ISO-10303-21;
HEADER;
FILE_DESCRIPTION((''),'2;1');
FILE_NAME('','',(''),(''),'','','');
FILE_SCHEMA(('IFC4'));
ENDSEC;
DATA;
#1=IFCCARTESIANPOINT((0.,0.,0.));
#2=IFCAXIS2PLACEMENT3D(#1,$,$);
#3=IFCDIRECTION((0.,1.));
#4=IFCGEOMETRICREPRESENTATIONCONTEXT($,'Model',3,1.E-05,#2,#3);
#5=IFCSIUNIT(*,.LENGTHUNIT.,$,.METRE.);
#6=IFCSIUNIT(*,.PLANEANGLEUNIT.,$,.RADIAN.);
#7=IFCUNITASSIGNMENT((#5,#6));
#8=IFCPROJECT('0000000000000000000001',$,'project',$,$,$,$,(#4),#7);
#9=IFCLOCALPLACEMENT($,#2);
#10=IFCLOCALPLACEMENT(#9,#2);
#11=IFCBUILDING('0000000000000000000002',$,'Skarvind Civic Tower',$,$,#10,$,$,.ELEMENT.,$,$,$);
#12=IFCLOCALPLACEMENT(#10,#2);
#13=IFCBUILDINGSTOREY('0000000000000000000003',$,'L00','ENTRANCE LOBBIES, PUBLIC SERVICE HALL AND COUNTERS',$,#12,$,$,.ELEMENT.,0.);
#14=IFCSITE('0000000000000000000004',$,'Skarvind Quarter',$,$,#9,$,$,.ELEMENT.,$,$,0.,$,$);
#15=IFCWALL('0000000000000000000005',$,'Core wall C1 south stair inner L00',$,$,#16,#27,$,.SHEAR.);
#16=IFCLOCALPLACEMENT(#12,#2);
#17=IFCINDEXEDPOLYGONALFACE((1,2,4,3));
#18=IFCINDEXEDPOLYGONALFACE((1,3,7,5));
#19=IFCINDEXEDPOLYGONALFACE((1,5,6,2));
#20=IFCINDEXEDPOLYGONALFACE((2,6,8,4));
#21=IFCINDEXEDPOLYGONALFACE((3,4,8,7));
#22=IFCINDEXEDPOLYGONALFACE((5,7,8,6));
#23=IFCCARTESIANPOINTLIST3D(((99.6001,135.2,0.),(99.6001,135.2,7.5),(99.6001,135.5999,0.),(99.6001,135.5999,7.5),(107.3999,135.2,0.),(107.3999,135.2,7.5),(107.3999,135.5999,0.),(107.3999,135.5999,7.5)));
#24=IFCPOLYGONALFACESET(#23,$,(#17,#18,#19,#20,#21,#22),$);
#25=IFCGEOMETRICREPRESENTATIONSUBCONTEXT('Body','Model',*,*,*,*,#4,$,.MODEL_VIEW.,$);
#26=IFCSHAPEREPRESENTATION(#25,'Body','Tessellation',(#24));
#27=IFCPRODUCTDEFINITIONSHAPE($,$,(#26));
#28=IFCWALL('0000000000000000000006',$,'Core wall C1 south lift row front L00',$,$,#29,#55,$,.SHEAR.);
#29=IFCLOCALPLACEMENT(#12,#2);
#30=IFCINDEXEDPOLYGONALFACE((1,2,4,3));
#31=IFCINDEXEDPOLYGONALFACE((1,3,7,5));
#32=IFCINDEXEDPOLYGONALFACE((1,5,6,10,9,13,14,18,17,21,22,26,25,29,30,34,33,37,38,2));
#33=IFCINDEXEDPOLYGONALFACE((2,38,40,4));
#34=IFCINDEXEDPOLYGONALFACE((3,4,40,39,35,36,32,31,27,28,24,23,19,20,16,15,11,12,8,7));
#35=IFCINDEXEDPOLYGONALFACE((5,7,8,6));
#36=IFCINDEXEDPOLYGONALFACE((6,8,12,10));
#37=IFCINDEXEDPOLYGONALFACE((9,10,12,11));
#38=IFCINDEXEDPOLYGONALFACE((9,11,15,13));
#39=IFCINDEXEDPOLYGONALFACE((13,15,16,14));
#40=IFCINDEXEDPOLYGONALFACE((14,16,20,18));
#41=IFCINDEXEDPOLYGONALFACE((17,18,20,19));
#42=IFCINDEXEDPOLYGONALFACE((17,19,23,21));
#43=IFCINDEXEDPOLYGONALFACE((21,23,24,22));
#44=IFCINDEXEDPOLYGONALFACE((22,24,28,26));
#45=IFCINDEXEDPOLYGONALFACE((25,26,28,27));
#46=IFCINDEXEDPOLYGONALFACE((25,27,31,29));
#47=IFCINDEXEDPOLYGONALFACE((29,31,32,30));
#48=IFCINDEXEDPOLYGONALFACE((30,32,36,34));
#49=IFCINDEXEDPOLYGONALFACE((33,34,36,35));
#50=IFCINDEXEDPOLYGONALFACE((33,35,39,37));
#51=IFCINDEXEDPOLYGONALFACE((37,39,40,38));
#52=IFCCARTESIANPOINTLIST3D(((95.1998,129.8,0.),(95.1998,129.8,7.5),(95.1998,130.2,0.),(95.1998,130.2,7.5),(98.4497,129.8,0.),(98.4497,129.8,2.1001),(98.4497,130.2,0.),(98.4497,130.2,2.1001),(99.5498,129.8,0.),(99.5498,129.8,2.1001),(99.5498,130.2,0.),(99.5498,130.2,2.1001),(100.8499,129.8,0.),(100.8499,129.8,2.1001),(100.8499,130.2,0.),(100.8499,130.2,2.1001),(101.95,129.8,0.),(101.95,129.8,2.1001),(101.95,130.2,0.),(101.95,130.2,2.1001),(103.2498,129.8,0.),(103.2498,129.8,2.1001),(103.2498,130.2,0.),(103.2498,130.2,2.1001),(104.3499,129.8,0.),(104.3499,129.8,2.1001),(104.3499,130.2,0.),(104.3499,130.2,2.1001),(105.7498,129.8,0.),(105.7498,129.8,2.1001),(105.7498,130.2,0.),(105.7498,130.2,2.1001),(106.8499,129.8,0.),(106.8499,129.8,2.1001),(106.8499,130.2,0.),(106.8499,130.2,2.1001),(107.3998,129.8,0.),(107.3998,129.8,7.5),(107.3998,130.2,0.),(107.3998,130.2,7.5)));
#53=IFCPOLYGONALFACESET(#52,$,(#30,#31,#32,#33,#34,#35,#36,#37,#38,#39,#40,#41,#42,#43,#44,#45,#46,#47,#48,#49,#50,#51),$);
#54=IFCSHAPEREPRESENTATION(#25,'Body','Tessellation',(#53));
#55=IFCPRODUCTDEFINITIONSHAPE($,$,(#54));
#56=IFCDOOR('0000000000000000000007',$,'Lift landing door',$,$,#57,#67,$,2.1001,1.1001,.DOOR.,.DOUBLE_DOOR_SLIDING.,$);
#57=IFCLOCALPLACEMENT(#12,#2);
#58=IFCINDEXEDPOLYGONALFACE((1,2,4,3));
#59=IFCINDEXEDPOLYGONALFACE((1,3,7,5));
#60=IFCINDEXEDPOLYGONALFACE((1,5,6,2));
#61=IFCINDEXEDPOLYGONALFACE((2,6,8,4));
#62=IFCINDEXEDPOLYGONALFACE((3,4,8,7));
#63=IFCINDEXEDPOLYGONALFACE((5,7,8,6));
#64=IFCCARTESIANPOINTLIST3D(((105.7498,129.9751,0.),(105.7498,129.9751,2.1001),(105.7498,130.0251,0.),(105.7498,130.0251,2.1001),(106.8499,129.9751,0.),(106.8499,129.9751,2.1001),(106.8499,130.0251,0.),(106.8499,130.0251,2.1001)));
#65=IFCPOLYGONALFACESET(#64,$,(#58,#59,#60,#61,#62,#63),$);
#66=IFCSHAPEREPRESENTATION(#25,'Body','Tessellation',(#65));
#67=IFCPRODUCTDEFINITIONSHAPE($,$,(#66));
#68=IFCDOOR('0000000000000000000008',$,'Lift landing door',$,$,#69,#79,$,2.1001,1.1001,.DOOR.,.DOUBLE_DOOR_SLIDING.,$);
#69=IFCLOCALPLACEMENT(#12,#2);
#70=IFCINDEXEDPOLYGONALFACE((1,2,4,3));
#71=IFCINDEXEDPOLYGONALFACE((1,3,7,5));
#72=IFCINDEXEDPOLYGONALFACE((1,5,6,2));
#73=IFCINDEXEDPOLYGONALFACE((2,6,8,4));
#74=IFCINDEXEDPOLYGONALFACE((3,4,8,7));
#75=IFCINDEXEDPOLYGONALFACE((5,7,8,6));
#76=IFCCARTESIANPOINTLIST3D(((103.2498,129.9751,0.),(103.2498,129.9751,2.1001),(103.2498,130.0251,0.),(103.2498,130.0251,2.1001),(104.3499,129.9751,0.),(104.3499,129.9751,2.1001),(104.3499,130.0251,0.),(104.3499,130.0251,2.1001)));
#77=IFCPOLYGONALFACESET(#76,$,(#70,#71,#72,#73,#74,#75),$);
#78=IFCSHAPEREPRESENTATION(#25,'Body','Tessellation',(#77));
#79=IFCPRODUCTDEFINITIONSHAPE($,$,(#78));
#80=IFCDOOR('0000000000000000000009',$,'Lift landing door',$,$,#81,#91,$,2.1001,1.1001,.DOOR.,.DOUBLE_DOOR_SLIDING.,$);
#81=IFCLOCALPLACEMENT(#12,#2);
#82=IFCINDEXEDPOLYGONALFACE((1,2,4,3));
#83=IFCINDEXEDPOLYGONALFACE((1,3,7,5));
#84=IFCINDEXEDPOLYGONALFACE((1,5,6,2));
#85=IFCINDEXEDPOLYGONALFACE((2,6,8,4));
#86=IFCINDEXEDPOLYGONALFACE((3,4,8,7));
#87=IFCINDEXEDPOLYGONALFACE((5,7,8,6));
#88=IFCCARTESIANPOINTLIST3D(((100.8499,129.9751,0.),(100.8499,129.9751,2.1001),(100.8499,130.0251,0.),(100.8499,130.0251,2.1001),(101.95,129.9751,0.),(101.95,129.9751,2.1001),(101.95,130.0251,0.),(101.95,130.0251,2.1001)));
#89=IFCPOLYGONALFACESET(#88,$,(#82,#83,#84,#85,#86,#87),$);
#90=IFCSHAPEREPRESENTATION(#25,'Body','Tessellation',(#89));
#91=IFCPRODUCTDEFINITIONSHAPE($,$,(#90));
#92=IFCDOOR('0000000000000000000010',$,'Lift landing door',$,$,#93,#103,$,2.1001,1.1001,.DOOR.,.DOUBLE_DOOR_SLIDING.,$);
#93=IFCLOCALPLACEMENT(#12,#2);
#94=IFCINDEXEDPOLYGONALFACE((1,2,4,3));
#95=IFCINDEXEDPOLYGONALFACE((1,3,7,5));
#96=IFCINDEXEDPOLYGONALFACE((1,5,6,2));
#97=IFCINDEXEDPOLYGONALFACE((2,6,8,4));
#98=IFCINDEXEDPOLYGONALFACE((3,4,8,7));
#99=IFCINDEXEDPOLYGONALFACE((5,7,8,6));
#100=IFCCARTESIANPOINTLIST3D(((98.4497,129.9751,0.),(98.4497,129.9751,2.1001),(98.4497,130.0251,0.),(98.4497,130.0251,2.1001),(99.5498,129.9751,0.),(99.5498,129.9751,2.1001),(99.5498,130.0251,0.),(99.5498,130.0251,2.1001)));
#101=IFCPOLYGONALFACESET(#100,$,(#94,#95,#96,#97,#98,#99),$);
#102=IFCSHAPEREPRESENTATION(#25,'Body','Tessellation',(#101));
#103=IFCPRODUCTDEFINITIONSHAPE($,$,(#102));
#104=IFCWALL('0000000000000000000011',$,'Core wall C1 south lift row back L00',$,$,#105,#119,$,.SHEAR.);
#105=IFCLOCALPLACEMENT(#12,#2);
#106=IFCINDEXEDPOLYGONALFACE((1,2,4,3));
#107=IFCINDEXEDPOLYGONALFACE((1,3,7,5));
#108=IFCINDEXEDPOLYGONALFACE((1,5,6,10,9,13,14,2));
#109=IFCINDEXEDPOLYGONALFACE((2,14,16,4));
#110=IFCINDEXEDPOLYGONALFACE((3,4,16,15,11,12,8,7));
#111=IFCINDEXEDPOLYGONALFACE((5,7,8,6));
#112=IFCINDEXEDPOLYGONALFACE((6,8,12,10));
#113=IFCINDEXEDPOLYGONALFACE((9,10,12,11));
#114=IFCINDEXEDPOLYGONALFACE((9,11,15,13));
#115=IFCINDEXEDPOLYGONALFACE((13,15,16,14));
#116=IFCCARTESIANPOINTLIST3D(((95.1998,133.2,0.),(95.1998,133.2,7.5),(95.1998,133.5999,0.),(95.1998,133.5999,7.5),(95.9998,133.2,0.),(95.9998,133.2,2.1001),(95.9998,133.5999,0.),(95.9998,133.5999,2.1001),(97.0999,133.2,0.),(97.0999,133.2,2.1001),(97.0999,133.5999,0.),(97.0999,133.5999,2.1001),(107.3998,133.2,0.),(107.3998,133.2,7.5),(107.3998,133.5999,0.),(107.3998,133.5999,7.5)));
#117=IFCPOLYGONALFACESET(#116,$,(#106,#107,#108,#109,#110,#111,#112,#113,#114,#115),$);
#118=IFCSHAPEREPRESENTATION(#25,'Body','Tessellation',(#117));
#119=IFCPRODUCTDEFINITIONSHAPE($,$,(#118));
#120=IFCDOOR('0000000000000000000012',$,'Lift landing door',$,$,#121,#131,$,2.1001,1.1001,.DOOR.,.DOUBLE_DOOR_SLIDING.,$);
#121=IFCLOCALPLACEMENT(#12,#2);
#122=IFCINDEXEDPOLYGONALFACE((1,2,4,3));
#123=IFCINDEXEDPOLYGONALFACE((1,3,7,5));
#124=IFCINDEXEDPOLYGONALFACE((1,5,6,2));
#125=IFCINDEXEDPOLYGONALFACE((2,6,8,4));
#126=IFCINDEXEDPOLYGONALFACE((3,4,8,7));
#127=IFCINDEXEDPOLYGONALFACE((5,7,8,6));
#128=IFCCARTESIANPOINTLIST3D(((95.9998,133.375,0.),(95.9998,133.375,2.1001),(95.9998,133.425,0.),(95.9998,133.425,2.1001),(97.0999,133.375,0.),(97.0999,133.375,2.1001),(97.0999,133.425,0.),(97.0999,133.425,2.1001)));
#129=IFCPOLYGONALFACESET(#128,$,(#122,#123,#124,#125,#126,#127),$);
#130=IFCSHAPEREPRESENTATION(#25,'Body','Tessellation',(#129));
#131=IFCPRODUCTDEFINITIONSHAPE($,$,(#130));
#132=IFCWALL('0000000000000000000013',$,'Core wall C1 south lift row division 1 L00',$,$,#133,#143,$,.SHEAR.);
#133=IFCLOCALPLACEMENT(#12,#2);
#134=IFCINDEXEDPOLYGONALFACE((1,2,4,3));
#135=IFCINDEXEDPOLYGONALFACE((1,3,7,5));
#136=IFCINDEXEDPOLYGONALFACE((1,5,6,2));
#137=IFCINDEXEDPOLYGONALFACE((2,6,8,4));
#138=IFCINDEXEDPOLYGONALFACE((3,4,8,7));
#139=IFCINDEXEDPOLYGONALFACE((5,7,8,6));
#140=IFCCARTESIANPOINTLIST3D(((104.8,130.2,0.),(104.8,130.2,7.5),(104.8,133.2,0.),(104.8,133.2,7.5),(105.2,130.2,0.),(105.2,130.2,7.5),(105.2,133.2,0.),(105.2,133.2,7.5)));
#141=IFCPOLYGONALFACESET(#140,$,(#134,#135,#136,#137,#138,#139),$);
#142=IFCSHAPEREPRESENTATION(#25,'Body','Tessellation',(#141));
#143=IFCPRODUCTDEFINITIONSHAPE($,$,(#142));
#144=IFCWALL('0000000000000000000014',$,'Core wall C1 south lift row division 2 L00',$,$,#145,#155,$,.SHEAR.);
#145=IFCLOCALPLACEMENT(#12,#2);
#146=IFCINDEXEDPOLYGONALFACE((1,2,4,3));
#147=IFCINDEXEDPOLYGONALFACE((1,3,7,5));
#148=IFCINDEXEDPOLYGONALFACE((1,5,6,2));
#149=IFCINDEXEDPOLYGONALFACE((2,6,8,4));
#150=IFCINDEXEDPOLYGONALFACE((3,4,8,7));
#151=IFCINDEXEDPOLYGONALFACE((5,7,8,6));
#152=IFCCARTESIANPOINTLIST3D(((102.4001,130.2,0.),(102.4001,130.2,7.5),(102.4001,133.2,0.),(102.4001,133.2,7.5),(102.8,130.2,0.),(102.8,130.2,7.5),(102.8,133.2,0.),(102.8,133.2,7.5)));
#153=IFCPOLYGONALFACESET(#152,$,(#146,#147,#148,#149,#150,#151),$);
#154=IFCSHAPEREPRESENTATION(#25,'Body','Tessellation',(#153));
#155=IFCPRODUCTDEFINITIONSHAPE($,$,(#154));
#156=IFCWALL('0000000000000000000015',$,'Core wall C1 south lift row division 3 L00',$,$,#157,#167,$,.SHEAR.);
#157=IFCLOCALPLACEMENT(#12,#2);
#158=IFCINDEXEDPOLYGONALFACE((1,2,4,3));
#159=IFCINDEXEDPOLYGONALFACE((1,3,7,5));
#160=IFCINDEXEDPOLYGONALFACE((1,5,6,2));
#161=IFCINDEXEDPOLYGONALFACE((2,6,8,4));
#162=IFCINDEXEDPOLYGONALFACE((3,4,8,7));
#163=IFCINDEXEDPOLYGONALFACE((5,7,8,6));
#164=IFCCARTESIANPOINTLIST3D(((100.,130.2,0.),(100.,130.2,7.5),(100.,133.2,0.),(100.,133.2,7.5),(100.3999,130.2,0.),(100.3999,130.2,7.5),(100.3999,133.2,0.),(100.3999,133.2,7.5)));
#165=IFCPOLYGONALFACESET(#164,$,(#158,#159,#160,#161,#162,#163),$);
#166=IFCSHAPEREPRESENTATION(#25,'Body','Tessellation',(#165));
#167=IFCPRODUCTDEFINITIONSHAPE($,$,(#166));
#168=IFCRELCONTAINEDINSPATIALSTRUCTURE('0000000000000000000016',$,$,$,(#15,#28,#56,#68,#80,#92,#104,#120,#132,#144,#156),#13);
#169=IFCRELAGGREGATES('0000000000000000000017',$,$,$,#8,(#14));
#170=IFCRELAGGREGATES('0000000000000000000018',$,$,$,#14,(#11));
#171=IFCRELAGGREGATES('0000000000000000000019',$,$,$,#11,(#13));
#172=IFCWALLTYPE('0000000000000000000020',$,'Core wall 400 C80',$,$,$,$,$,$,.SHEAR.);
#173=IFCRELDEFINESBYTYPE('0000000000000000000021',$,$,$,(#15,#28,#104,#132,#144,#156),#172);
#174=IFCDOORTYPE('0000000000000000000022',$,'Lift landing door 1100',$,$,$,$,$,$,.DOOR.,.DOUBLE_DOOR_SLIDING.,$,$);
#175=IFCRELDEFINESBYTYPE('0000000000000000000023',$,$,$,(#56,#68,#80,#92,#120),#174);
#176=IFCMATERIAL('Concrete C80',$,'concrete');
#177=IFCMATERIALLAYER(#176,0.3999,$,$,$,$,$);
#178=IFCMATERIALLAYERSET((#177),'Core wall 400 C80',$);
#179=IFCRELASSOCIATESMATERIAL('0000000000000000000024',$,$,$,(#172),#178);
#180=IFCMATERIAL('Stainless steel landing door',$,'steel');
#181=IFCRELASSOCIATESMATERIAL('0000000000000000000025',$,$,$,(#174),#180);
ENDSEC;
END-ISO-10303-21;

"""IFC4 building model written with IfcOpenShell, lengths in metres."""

from ifc_helpers import new_model, si_unit, direction, frame, frame_2d, origin, place, context, subcontext, project, spatial, rectangle, extrude, material, layer, layer_set, type_object, element, fill, save


model = new_model("IFC4")

# Units and contexts
model_context = context("Model", 3, precision=1e-05, world=origin(), true_north=direction((0.0, 1.0)))
body_context = subcontext(model_context, "Body", "Model", "MODEL_VIEW")
ifc_project = project(units=[si_unit("LENGTHUNIT", "METRE"), si_unit("PLANEANGLEUNIT", "RADIAN")], contexts=[model_context])

# Site, building, storey
site_placement = place(None, origin())
site = spatial("IfcSite", under=ifc_project, at=site_placement, Name="Skarvind Quarter", CompositionType="ELEMENT", RefElevation=0.0)
building_placement = place(site_placement, origin())
building = spatial("IfcBuilding", under=site, at=building_placement, Name="Skarvind Civic Tower", CompositionType="ELEMENT")
storey_placement = place(building_placement, origin())
storey = spatial("IfcBuildingStorey", under=building, at=storey_placement, Name="L00", Description="ENTRANCE LOBBIES, PUBLIC SERVICE HALL AND COUNTERS", CompositionType="ELEMENT", Elevation=0.0)

# Wall
ifc_material_1 = material(Name="Concrete C80", Category="concrete")
ifc_layer_1 = layer(ifc_material_1, 0.3999)
ifc_layer_set_1 = layer_set([ifc_layer_1], Name="Core wall 400 C80")
wall_type_1 = type_object("IfcWallType", Name="Core wall 400 C80", PredefinedType="SHEAR", material=ifc_layer_set_1)
wall_1_placement = place(storey_placement, frame((107.3999, 135.3999, 0.0), z_axis=(0.0, 0.0, 1.0), x_axis=(-1.0, 0.0, 0.0)))
element("IfcWall", 1, at=wall_1_placement, inside=storey, type_object=wall_type_1, Name="Core wall C1 south stair inner L00", PredefinedType="SHEAR", context=body_context, shape_type="SweptSolid", body=[
    extrude(rectangle(XDim=7.7998, YDim=0.3999, at=frame_2d((3.8999, 0.0))), origin(), (0.0, 0.0, 1.0), 7.5),
])

# Wall, openings, doors
wall_2_placement = place(storey_placement, frame((107.3999, 130.0, 0.0), z_axis=(0.0, 0.0, 1.0), x_axis=(-1.0, 0.0, 0.0)))
wall_2 = element("IfcWall", 2, at=wall_2_placement, inside=storey, type_object=wall_type_1, Name="Core wall C1 south lift row front L00", PredefinedType="SHEAR", context=body_context, shape_type="SweptSolid", body=[
    extrude(rectangle(XDim=12.2, YDim=0.3999, at=frame_2d((6.1001, 0.0))), origin(), (0.0, 0.0, 1.0), 7.5),
])
opening_1_placement = place(wall_2_placement, frame((0.55, 0.0, 0.0)))
opening_1 = element("IfcOpeningElement", 3, at=opening_1_placement, cuts=wall_2, PredefinedType="OPENING", context=body_context, shape_type="SweptSolid", body=[
    extrude(rectangle(XDim=1.1001, YDim=2.1001, at=frame_2d((0.55, 1.05))), frame((0.0, 0.21, 0.0), z_axis=(0.0, -1.0, 0.0), x_axis=(1.0, 0.0, 0.0)), (0.0, 0.0, 1.0), 0.4199),
])
opening_2_placement = place(wall_2_placement, frame((3.05, 0.0, 0.0)))
opening_2 = element("IfcOpeningElement", 4, at=opening_2_placement, cuts=wall_2, PredefinedType="OPENING", context=body_context, shape_type="SweptSolid", body=[
    extrude(rectangle(XDim=1.1001, YDim=2.1001, at=frame_2d((0.55, 1.05))), frame((0.0, 0.21, 0.0), z_axis=(0.0, -1.0, 0.0), x_axis=(1.0, 0.0, 0.0)), (0.0, 0.0, 1.0), 0.4199),
])
opening_3_placement = place(wall_2_placement, frame((5.45, 0.0, 0.0)))
opening_3 = element("IfcOpeningElement", 5, at=opening_3_placement, cuts=wall_2, PredefinedType="OPENING", context=body_context, shape_type="SweptSolid", body=[
    extrude(rectangle(XDim=1.1001, YDim=2.1001, at=frame_2d((0.55, 1.05))), frame((0.0, 0.21, 0.0), z_axis=(0.0, -1.0, 0.0), x_axis=(1.0, 0.0, 0.0)), (0.0, 0.0, 1.0), 0.4199),
])
opening_4_placement = place(wall_2_placement, frame((7.8501, 0.0, 0.0)))
opening_4 = element("IfcOpeningElement", 6, at=opening_4_placement, cuts=wall_2, PredefinedType="OPENING", context=body_context, shape_type="SweptSolid", body=[
    extrude(rectangle(XDim=1.1001, YDim=2.1001, at=frame_2d((0.55, 1.05))), frame((0.0, 0.21, 0.0), z_axis=(0.0, -1.0, 0.0), x_axis=(1.0, 0.0, 0.0)), (0.0, 0.0, 1.0), 0.4199),
])
ifc_material_2 = material(Name="Stainless steel landing door", Category="steel")
door_type_1 = type_object("IfcDoorType", Name="Lift landing door 1100", OperationType="DOUBLE_DOOR_SLIDING", PredefinedType="DOOR", material=ifc_material_2)
door_1_placement = place(opening_1_placement, origin())
door_1 = element("IfcDoor", 7, at=door_1_placement, inside=storey, type_object=door_type_1, Name="Lift landing door", OperationType="DOUBLE_DOOR_SLIDING", OverallHeight=2.1001, OverallWidth=1.1001, PredefinedType="DOOR", context=body_context, shape_type="SweptSolid", body=[
    extrude(rectangle(XDim=1.1001, YDim=2.1001, at=frame_2d((0.55, 1.05))), frame((0.0, 0.0249, 0.0), z_axis=(0.0, -1.0, 0.0), x_axis=(1.0, 0.0, 0.0)), (0.0, 0.0, 1.0), 0.05),
])
fill(opening_1, door_1)
door_2_placement = place(opening_2_placement, origin())
door_2 = element("IfcDoor", 8, at=door_2_placement, inside=storey, type_object=door_type_1, Name="Lift landing door", OperationType="DOUBLE_DOOR_SLIDING", OverallHeight=2.1001, OverallWidth=1.1001, PredefinedType="DOOR", context=body_context, shape_type="SweptSolid", body=[
    extrude(rectangle(XDim=1.1001, YDim=2.1001, at=frame_2d((0.55, 1.05))), frame((0.0, 0.0249, 0.0), z_axis=(0.0, -1.0, 0.0), x_axis=(1.0, 0.0, 0.0)), (0.0, 0.0, 1.0), 0.05),
])
fill(opening_2, door_2)
door_3_placement = place(opening_3_placement, origin())
door_3 = element("IfcDoor", 9, at=door_3_placement, inside=storey, type_object=door_type_1, Name="Lift landing door", OperationType="DOUBLE_DOOR_SLIDING", OverallHeight=2.1001, OverallWidth=1.1001, PredefinedType="DOOR", context=body_context, shape_type="SweptSolid", body=[
    extrude(rectangle(XDim=1.1001, YDim=2.1001, at=frame_2d((0.55, 1.05))), frame((0.0, 0.0249, 0.0), z_axis=(0.0, -1.0, 0.0), x_axis=(1.0, 0.0, 0.0)), (0.0, 0.0, 1.0), 0.05),
])
fill(opening_3, door_3)
door_4_placement = place(opening_4_placement, origin())
door_4 = element("IfcDoor", 10, at=door_4_placement, inside=storey, type_object=door_type_1, Name="Lift landing door", OperationType="DOUBLE_DOOR_SLIDING", OverallHeight=2.1001, OverallWidth=1.1001, PredefinedType="DOOR", context=body_context, shape_type="SweptSolid", body=[
    extrude(rectangle(XDim=1.1001, YDim=2.1001, at=frame_2d((0.55, 1.05))), frame((0.0, 0.0249, 0.0), z_axis=(0.0, -1.0, 0.0), x_axis=(1.0, 0.0, 0.0)), (0.0, 0.0, 1.0), 0.05),
])
fill(opening_4, door_4)

# Wall, opening, door
wall_3_placement = place(storey_placement, frame((107.3999, 133.3999, 0.0), z_axis=(0.0, 0.0, 1.0), x_axis=(-1.0, 0.0, 0.0)))
wall_3 = element("IfcWall", 11, at=wall_3_placement, inside=storey, type_object=wall_type_1, Name="Core wall C1 south lift row back L00", PredefinedType="SHEAR", context=body_context, shape_type="SweptSolid", body=[
    extrude(rectangle(XDim=12.2, YDim=0.3999, at=frame_2d((6.1001, 0.0))), origin(), (0.0, 0.0, 1.0), 7.5),
])
opening_5_placement = place(wall_3_placement, frame((10.3, 0.0, 0.0)))
opening_5 = element("IfcOpeningElement", 12, at=opening_5_placement, cuts=wall_3, PredefinedType="OPENING", context=body_context, shape_type="SweptSolid", body=[
    extrude(rectangle(XDim=1.1001, YDim=2.1001, at=frame_2d((0.55, 1.05))), frame((0.0, 0.21, 0.0), z_axis=(0.0, -1.0, 0.0), x_axis=(1.0, 0.0, 0.0)), (0.0, 0.0, 1.0), 0.4199),
])
door_5_placement = place(opening_5_placement, origin())
door_5 = element("IfcDoor", 13, at=door_5_placement, inside=storey, type_object=door_type_1, Name="Lift landing door", OperationType="DOUBLE_DOOR_SLIDING", OverallHeight=2.1001, OverallWidth=1.1001, PredefinedType="DOOR", context=body_context, shape_type="SweptSolid", body=[
    extrude(rectangle(XDim=1.1001, YDim=2.1001, at=frame_2d((0.55, 1.05))), frame((0.0, 0.0249, 0.0), z_axis=(0.0, -1.0, 0.0), x_axis=(1.0, 0.0, 0.0)), (0.0, 0.0, 1.0), 0.05),
])
fill(opening_5, door_5)

# Walls
for number, where, z_axis, x_axis, name in (
    (14, (105.0, 133.2, 0.0), (0.0, 0.0, 1.0), (0.0, -1.0, 0.0), "Core wall C1 south lift row division 1 L00"),
    (15, (102.6001, 133.2, 0.0), (0.0, 0.0, 1.0), (0.0, -1.0, 0.0), "Core wall C1 south lift row division 2 L00"),
    (16, (100.2, 133.2, 0.0), (0.0, 0.0, 1.0), (0.0, -1.0, 0.0), "Core wall C1 south lift row division 3 L00"),
):
    element("IfcWall", number, at=place(storey_placement, frame(where, z_axis=z_axis, x_axis=x_axis)), inside=storey, type_object=wall_type_1, Name=name, PredefinedType="SHEAR", context=body_context, shape_type="SweptSolid", body=[
        extrude(rectangle(XDim=3.0, YDim=0.3999, at=frame_2d((1.5, 0.0))), origin(), (0.0, 0.0, 1.0), 7.5),
    ])

save(model, "model.ifc")
